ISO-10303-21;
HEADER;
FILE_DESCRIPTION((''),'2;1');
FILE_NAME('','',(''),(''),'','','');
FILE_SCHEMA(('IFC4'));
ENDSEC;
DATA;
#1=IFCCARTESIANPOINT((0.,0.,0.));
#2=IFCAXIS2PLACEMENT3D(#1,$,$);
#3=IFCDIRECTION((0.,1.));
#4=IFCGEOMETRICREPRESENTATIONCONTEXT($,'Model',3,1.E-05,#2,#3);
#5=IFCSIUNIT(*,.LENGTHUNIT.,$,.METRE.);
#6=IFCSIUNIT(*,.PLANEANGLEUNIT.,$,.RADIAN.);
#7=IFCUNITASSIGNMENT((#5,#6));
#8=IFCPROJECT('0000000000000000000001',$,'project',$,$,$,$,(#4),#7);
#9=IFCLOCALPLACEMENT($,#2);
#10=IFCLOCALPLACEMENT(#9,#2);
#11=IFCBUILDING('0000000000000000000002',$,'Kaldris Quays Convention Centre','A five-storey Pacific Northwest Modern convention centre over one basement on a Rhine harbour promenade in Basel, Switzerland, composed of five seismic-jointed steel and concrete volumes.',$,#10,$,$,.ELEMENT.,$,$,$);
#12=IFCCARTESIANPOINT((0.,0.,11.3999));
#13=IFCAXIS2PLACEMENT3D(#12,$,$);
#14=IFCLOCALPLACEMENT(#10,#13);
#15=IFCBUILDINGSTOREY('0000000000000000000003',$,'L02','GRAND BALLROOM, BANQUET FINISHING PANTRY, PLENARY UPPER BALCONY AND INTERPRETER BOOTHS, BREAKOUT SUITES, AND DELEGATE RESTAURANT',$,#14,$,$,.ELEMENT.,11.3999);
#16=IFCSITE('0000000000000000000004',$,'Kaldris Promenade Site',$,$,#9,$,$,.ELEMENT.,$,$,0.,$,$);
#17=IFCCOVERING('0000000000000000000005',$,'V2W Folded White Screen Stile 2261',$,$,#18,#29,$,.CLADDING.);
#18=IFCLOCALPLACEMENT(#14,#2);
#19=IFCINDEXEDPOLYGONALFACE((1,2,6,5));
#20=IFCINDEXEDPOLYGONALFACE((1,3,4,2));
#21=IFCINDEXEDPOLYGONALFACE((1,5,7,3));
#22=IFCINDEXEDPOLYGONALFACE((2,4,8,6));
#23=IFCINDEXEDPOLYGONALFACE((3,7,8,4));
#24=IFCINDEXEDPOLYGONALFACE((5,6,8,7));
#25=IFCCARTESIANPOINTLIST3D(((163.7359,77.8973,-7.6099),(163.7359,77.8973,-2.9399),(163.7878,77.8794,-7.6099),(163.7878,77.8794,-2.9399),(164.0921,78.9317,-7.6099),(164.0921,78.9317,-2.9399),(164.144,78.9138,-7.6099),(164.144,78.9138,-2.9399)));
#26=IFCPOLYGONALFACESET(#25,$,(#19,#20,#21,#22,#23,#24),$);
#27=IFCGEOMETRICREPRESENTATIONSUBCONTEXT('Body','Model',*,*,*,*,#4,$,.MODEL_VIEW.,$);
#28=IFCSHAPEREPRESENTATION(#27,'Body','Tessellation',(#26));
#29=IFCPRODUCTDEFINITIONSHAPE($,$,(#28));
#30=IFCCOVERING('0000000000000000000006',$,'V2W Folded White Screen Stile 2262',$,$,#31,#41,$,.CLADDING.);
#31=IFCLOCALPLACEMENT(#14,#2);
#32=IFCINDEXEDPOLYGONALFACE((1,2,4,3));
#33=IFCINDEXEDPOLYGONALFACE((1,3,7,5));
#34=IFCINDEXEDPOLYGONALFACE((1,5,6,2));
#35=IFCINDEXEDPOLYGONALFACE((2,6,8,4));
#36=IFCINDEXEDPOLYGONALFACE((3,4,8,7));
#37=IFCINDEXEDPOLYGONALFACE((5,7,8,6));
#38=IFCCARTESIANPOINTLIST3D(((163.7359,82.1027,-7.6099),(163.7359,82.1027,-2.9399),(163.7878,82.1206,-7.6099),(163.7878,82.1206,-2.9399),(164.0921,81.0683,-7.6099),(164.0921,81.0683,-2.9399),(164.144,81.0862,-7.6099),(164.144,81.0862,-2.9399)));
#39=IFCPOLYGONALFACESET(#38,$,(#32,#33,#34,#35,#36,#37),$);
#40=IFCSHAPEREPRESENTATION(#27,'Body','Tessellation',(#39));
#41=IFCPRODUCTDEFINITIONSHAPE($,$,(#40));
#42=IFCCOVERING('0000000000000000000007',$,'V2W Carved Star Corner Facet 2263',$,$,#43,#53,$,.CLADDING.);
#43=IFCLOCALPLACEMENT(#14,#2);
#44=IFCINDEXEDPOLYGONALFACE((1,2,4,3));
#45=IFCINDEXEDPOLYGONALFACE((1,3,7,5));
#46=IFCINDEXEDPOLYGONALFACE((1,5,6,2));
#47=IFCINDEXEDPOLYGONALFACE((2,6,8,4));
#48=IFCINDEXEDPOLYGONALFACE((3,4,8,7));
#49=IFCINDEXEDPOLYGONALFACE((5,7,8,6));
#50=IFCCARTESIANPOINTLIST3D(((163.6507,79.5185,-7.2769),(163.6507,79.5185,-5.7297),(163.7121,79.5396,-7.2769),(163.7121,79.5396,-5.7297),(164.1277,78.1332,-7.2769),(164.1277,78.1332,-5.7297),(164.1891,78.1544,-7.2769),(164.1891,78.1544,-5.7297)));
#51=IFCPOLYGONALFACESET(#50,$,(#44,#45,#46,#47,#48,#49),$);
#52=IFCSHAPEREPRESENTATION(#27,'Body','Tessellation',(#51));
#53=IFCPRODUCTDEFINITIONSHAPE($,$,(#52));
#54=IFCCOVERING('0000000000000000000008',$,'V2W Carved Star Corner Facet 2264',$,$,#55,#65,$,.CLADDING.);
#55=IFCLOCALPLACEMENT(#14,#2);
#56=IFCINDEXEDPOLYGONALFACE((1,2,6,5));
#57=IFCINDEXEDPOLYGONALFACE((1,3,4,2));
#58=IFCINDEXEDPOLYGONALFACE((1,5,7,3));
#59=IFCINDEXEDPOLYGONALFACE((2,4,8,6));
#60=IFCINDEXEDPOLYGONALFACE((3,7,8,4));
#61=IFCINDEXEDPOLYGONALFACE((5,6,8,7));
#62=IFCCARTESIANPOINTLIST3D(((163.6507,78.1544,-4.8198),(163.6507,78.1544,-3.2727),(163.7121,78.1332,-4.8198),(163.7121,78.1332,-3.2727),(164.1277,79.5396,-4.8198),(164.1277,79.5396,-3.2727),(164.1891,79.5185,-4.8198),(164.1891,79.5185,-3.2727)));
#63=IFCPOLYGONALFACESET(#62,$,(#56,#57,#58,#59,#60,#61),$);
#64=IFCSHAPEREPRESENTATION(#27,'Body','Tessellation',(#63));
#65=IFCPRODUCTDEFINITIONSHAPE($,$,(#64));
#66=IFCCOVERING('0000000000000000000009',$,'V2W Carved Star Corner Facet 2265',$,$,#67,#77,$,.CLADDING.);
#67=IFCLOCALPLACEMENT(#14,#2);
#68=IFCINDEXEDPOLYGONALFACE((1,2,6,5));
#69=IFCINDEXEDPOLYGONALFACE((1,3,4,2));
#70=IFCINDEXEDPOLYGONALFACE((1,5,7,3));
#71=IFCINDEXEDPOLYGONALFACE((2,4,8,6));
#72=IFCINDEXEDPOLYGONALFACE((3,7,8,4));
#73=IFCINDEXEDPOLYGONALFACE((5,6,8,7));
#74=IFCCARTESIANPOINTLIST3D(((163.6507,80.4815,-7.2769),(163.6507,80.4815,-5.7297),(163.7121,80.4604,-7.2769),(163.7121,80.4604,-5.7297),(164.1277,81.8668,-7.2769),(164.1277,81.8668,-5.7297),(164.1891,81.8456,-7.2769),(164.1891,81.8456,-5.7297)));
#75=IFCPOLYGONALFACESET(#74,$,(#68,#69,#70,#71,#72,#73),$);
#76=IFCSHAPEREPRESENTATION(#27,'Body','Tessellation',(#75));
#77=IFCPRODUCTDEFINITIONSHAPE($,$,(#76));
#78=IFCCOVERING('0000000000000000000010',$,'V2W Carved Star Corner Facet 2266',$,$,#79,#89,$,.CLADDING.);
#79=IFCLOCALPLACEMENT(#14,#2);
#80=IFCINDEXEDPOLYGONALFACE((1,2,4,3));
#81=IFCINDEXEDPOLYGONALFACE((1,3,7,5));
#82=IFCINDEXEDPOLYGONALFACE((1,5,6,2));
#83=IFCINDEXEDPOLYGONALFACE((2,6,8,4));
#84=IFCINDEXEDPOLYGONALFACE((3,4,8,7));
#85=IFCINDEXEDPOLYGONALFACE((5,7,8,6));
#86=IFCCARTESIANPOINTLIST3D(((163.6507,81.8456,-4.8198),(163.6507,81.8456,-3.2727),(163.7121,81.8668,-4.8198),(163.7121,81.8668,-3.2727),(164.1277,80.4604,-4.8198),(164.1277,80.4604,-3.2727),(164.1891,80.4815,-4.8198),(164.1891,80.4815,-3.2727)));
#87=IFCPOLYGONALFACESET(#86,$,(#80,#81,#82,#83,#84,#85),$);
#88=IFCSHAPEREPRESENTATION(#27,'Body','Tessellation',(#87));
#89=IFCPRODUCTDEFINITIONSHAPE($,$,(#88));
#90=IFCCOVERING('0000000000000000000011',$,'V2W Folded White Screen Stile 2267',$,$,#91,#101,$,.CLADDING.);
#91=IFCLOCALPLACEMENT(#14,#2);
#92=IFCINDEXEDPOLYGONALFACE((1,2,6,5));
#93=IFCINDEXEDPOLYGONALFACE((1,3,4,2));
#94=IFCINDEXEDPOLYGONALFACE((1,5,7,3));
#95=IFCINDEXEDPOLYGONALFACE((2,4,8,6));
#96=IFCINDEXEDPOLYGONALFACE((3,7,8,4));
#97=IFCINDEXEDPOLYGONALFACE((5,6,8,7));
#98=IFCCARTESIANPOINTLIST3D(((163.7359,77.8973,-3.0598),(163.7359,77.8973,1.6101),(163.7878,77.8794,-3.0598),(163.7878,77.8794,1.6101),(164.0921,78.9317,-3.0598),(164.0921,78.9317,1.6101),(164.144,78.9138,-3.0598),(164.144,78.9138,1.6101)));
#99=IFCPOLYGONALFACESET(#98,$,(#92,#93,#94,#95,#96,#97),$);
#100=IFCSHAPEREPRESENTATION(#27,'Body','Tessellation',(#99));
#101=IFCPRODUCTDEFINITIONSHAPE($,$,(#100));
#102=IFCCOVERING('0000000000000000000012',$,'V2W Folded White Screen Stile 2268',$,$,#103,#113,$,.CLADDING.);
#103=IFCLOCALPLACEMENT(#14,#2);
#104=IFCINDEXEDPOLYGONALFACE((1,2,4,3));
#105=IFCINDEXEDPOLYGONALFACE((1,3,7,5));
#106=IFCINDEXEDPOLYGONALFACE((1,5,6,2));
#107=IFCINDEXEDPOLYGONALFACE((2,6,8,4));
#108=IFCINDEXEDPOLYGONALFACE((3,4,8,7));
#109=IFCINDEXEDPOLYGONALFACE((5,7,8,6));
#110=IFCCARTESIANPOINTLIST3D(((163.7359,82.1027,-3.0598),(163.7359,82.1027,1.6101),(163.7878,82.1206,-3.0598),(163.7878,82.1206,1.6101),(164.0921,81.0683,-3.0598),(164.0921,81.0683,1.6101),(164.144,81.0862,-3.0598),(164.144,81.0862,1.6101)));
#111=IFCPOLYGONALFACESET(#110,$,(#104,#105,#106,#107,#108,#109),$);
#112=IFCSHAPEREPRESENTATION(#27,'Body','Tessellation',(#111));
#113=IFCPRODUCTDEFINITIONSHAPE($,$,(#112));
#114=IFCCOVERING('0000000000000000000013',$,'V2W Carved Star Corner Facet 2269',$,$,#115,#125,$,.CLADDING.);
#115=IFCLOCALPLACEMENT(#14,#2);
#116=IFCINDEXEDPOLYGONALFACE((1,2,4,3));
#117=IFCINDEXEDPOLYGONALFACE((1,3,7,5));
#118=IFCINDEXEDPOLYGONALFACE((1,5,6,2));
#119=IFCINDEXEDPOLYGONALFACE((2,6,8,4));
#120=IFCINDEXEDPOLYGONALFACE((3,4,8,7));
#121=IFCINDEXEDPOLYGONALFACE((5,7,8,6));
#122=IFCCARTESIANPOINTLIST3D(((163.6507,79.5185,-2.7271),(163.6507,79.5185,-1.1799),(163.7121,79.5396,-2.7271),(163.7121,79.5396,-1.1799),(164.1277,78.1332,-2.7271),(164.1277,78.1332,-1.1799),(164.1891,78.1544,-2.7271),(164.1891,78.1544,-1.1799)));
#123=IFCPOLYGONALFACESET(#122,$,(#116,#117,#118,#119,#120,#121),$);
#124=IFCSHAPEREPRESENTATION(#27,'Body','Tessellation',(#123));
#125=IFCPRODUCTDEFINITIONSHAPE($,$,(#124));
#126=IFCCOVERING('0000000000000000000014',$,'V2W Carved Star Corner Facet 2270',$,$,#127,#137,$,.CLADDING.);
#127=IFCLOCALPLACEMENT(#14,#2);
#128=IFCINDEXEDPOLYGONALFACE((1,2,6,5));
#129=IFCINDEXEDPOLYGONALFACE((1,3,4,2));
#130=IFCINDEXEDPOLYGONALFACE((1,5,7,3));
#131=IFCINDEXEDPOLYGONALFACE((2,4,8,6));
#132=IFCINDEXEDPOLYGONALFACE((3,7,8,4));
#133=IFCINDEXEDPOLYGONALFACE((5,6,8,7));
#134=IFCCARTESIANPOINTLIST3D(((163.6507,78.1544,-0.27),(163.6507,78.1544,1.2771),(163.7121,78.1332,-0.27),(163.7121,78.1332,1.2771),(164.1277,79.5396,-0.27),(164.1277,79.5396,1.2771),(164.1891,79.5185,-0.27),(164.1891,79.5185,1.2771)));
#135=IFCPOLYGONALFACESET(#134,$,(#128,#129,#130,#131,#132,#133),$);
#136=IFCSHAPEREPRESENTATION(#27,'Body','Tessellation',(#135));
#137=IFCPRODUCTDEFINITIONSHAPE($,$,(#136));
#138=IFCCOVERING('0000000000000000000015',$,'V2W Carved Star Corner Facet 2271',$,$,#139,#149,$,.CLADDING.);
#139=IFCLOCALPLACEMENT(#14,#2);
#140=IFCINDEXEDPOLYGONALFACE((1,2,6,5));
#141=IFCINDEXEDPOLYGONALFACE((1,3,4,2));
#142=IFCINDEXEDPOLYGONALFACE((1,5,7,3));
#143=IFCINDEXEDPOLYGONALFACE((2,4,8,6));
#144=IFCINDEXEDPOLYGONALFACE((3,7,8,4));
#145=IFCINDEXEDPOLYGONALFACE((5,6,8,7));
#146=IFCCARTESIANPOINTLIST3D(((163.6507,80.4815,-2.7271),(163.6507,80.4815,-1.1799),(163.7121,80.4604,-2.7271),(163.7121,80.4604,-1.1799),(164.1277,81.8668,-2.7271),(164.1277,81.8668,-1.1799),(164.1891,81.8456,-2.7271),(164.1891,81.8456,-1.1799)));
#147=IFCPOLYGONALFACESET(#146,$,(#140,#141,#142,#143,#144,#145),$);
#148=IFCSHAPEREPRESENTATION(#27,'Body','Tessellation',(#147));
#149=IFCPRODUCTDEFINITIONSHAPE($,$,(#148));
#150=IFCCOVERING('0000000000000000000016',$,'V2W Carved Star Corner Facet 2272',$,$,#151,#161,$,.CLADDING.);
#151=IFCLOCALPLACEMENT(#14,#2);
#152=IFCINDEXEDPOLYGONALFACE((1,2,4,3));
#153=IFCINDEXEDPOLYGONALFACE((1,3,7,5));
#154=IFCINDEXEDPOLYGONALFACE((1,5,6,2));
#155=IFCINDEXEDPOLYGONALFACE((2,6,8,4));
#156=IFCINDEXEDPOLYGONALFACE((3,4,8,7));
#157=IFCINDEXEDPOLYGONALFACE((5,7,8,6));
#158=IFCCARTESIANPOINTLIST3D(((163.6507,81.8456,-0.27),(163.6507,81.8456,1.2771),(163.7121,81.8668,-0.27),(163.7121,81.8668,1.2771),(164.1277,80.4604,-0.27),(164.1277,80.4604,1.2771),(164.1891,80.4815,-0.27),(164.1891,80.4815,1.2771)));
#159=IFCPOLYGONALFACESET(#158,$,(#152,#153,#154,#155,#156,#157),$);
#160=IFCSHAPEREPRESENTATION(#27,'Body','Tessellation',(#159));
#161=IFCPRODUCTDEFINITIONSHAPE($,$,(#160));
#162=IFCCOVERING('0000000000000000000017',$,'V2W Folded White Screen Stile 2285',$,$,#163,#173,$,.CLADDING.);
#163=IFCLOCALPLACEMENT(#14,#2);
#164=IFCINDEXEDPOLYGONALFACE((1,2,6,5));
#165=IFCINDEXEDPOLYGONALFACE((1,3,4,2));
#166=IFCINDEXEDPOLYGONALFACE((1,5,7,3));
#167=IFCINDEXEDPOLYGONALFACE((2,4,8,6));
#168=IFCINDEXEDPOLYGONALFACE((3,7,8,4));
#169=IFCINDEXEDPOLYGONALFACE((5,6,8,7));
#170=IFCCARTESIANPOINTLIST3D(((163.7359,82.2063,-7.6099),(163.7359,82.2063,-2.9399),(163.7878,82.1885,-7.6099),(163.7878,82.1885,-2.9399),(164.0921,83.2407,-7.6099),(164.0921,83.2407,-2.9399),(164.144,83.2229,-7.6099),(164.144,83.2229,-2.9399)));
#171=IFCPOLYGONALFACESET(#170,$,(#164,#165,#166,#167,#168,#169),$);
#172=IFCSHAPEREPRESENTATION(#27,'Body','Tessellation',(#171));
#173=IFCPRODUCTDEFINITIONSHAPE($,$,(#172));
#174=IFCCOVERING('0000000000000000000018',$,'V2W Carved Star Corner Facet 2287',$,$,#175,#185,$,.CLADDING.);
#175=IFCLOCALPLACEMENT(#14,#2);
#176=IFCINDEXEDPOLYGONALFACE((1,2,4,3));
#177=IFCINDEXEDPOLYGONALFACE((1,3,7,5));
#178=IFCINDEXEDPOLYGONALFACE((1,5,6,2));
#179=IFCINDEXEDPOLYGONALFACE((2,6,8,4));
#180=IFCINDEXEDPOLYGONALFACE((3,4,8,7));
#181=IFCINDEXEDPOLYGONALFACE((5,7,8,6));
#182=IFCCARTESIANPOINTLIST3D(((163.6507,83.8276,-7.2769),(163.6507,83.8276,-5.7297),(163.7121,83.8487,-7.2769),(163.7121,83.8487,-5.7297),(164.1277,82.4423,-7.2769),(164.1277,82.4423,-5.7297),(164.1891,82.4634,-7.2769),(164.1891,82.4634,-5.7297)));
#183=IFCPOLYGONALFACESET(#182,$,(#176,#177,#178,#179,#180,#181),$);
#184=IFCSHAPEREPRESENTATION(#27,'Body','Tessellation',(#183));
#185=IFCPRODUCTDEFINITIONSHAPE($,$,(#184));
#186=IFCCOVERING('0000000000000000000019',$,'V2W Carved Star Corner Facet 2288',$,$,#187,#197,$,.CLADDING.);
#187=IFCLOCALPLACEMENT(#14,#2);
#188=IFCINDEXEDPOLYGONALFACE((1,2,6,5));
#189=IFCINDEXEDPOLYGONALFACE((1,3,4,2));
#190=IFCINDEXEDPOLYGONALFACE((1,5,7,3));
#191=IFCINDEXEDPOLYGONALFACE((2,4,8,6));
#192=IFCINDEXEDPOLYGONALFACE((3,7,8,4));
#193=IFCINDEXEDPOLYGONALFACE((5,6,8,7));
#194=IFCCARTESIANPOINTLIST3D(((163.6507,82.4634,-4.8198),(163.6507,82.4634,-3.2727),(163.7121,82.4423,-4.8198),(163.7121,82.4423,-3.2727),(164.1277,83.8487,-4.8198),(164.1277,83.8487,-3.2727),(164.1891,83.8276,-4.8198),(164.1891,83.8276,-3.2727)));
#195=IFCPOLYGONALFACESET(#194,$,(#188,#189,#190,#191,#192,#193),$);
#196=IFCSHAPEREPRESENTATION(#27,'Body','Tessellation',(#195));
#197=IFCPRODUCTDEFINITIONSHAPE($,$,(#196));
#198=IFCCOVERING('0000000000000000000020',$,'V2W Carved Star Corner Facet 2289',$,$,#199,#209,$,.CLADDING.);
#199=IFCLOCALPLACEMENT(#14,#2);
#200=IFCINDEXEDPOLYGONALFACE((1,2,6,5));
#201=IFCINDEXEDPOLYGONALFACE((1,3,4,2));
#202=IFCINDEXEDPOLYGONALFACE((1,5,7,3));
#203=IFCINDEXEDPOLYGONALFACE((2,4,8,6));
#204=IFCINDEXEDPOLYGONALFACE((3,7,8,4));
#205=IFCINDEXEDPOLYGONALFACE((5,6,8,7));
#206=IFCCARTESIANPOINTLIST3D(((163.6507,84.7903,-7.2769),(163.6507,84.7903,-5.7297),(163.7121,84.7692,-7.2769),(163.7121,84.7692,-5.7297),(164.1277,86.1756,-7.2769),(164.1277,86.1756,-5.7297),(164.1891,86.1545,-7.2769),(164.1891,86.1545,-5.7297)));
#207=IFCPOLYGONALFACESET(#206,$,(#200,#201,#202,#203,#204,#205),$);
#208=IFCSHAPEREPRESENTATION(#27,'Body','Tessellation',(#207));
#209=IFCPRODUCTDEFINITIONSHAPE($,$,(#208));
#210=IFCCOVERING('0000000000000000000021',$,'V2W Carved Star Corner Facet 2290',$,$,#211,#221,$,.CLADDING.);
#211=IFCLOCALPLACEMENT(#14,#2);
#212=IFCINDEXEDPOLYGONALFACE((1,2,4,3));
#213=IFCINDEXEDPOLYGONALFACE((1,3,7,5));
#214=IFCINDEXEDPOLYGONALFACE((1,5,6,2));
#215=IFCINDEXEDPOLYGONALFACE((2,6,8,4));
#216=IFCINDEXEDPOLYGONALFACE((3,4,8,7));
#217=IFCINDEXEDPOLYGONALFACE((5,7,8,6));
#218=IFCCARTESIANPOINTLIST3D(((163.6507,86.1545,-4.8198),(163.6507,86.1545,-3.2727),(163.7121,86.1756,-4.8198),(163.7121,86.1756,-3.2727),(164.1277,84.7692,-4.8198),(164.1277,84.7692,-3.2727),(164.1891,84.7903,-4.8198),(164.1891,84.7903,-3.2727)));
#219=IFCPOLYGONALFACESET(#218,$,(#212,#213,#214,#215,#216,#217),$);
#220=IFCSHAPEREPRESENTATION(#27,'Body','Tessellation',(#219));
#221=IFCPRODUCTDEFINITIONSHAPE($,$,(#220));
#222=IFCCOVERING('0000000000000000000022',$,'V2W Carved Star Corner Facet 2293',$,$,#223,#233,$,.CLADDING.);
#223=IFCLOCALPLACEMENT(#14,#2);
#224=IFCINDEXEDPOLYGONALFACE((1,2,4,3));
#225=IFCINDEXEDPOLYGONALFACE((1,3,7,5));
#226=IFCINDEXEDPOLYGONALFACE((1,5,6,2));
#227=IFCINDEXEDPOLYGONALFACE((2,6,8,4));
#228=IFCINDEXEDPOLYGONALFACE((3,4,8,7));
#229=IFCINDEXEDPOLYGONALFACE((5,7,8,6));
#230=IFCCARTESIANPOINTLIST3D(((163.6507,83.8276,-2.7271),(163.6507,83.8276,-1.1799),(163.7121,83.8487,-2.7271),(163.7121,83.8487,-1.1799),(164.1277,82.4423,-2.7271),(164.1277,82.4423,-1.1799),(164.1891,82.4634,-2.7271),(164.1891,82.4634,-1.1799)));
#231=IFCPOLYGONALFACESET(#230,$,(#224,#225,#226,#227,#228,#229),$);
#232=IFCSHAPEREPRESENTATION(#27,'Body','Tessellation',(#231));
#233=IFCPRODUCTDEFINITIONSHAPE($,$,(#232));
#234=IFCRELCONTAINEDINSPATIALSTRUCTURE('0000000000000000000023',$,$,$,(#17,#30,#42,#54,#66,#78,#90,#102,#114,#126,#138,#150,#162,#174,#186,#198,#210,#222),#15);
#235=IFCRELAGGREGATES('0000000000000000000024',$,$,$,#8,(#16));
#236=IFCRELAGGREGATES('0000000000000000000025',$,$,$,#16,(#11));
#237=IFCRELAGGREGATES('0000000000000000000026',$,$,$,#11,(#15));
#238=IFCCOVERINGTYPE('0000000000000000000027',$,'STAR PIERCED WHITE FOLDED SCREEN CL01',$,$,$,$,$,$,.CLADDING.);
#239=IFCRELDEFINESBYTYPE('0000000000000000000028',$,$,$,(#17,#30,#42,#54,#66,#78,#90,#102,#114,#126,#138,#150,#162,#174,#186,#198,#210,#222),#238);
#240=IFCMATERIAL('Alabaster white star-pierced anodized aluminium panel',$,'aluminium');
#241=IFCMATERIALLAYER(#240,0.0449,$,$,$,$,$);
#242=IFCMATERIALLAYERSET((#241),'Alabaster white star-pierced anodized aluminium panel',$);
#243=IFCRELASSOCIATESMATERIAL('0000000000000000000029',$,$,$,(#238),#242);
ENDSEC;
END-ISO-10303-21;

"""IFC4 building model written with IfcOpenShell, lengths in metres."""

from ifc_helpers import new_model, si_unit, direction, frame, origin, origin_2d, place, context, subcontext, project, spatial, rectangle, extrude, material, layer, layer_set, type_object, element, save


model = new_model("IFC4")

# Units and contexts
model_context = context("Model", 3, precision=1e-05, world=origin(), true_north=direction((0.0, 1.0)))
body_context = subcontext(model_context, "Body", "Model", "MODEL_VIEW")
ifc_project = project(units=[si_unit("LENGTHUNIT", "METRE"), si_unit("PLANEANGLEUNIT", "RADIAN")], contexts=[model_context])

# Site, building, storey
site_placement = place(None, origin())
site = spatial("IfcSite", under=ifc_project, at=site_placement, Name="Kaldris Promenade Site", CompositionType="ELEMENT", RefElevation=0.0)
building_placement = place(site_placement, origin())
building = spatial("IfcBuilding", under=site, at=building_placement, Name="Kaldris Quays Convention Centre", Description="A five-storey Pacific Northwest Modern convention centre over one basement on a Rhine harbour promenade in Basel, Switzerland, composed of five seismic-jointed steel and concrete volumes.", CompositionType="ELEMENT")
storey_placement = place(building_placement, frame((0.0, 0.0, 11.3999)))
storey = spatial("IfcBuildingStorey", under=building, at=storey_placement, Name="L02", Description="GRAND BALLROOM, BANQUET FINISHING PANTRY, PLENARY UPPER BALCONY AND INTERPRETER BOOTHS, BREAKOUT SUITES, AND DELEGATE RESTAURANT", CompositionType="ELEMENT", Elevation=11.3999)

# Coverings
ifc_material = material(Name="Alabaster white star-pierced anodized aluminium panel", Category="aluminium")
ifc_layer = layer(ifc_material, 0.0449)
ifc_layer_set = layer_set([ifc_layer], Name="Alabaster white star-pierced anodized aluminium panel")
covering_type = type_object("IfcCoveringType", Name="STAR PIERCED WHITE FOLDED SCREEN CL01", PredefinedType="CLADDING", material=ifc_layer_set)
for number, where, z_axis, x_axis, name in (
    (1, (163.9399, 78.4055, -7.6099), (0.0, 0.0, 1.0), (0.325568, 0.945519, 0.0), "V2W Folded White Screen Stile 2261"),
    (2, (163.9399, 81.5945, -7.6099), (0.0, 0.0, 1.0), (-0.325568, 0.945519, 0.0), "V2W Folded White Screen Stile 2262"),
):
    element("IfcCovering", number, at=place(storey_placement, frame(where, z_axis=z_axis, x_axis=x_axis)), inside=storey, type_object=covering_type, Name=name, PredefinedType="CLADDING", context=body_context, shape_type="SweptSolid", body=[
        extrude(rectangle(XDim=1.094, YDim=0.0549, at=origin_2d()), origin(), (0.0, 0.0, 1.0), 4.6699),
    ])
for number, where, z_axis, x_axis, name in (
    (3, (163.9199, 78.8364, -7.2769), (0.0, 0.0, 1.0), (-0.325568, 0.945519, 0.0), "V2W Carved Star Corner Facet 2263"),
    (4, (163.9199, 78.8364, -4.8198), (0.0, 0.0, 1.0), (0.325568, 0.945519, 0.0), "V2W Carved Star Corner Facet 2264"),
    (5, (163.9199, 81.1636, -7.2769), (0.0, 0.0, 1.0), (0.325568, 0.945519, 0.0), "V2W Carved Star Corner Facet 2265"),
    (6, (163.9199, 81.1636, -4.8198), (0.0, 0.0, 1.0), (-0.325568, 0.945519, 0.0), "V2W Carved Star Corner Facet 2266"),
):
    element("IfcCovering", number, at=place(storey_placement, frame(where, z_axis=z_axis, x_axis=x_axis)), inside=storey, type_object=covering_type, Name=name, PredefinedType="CLADDING", context=body_context, shape_type="SweptSolid", body=[
        extrude(rectangle(XDim=1.4651, YDim=0.0649, at=origin_2d()), origin(), (0.0, 0.0, 1.0), 1.5471),
    ])
for number, where, z_axis, x_axis, name in (
    (7, (163.9399, 78.4055, -3.0598), (0.0, 0.0, 1.0), (0.325568, 0.945519, 0.0), "V2W Folded White Screen Stile 2267"),
    (8, (163.9399, 81.5945, -3.0598), (0.0, 0.0, 1.0), (-0.325568, 0.945519, 0.0), "V2W Folded White Screen Stile 2268"),
):
    element("IfcCovering", number, at=place(storey_placement, frame(where, z_axis=z_axis, x_axis=x_axis)), inside=storey, type_object=covering_type, Name=name, PredefinedType="CLADDING", context=body_context, shape_type="SweptSolid", body=[
        extrude(rectangle(XDim=1.094, YDim=0.0549, at=origin_2d()), origin(), (0.0, 0.0, 1.0), 4.6699),
    ])
for number, where, z_axis, x_axis, name in (
    (9, (163.9199, 78.8364, -2.7271), (0.0, 0.0, 1.0), (-0.325568, 0.945519, 0.0), "V2W Carved Star Corner Facet 2269"),
    (10, (163.9199, 78.8364, -0.27), (0.0, 0.0, 1.0), (0.325568, 0.945519, 0.0), "V2W Carved Star Corner Facet 2270"),
    (11, (163.9199, 81.1636, -2.7271), (0.0, 0.0, 1.0), (0.325568, 0.945519, 0.0), "V2W Carved Star Corner Facet 2271"),
    (12, (163.9199, 81.1636, -0.27), (0.0, 0.0, 1.0), (-0.325568, 0.945519, 0.0), "V2W Carved Star Corner Facet 2272"),
):
    element("IfcCovering", number, at=place(storey_placement, frame(where, z_axis=z_axis, x_axis=x_axis)), inside=storey, type_object=covering_type, Name=name, PredefinedType="CLADDING", context=body_context, shape_type="SweptSolid", body=[
        extrude(rectangle(XDim=1.4651, YDim=0.0649, at=origin_2d()), origin(), (0.0, 0.0, 1.0), 1.5471),
    ])
covering_placement = place(storey_placement, frame((163.9399, 82.7146, -7.6099), z_axis=(0.0, 0.0, 1.0), x_axis=(0.325568, 0.945519, 0.0)))
element("IfcCovering", 13, at=covering_placement, inside=storey, type_object=covering_type, Name="V2W Folded White Screen Stile 2285", PredefinedType="CLADDING", context=body_context, shape_type="SweptSolid", body=[
    extrude(rectangle(XDim=1.094, YDim=0.0549, at=origin_2d()), origin(), (0.0, 0.0, 1.0), 4.6699),
])
for number, where, z_axis, x_axis, name in (
    (14, (163.9199, 83.1455, -7.2769), (0.0, 0.0, 1.0), (-0.325568, 0.945519, 0.0), "V2W Carved Star Corner Facet 2287"),
    (15, (163.9199, 83.1455, -4.8198), (0.0, 0.0, 1.0), (0.325568, 0.945519, 0.0), "V2W Carved Star Corner Facet 2288"),
    (16, (163.9199, 85.4724, -7.2769), (0.0, 0.0, 1.0), (0.325568, 0.945519, 0.0), "V2W Carved Star Corner Facet 2289"),
    (17, (163.9199, 85.4724, -4.8198), (0.0, 0.0, 1.0), (-0.325568, 0.945519, 0.0), "V2W Carved Star Corner Facet 2290"),
    (18, (163.9199, 83.1455, -2.7271), (0.0, 0.0, 1.0), (-0.325568, 0.945519, 0.0), "V2W Carved Star Corner Facet 2293"),
):
    element("IfcCovering", number, at=place(storey_placement, frame(where, z_axis=z_axis, x_axis=x_axis)), inside=storey, type_object=covering_type, Name=name, PredefinedType="CLADDING", context=body_context, shape_type="SweptSolid", body=[
        extrude(rectangle(XDim=1.4651, YDim=0.0649, at=origin_2d()), origin(), (0.0, 0.0, 1.0), 1.5471),
    ])

save(model, "model.ifc")
